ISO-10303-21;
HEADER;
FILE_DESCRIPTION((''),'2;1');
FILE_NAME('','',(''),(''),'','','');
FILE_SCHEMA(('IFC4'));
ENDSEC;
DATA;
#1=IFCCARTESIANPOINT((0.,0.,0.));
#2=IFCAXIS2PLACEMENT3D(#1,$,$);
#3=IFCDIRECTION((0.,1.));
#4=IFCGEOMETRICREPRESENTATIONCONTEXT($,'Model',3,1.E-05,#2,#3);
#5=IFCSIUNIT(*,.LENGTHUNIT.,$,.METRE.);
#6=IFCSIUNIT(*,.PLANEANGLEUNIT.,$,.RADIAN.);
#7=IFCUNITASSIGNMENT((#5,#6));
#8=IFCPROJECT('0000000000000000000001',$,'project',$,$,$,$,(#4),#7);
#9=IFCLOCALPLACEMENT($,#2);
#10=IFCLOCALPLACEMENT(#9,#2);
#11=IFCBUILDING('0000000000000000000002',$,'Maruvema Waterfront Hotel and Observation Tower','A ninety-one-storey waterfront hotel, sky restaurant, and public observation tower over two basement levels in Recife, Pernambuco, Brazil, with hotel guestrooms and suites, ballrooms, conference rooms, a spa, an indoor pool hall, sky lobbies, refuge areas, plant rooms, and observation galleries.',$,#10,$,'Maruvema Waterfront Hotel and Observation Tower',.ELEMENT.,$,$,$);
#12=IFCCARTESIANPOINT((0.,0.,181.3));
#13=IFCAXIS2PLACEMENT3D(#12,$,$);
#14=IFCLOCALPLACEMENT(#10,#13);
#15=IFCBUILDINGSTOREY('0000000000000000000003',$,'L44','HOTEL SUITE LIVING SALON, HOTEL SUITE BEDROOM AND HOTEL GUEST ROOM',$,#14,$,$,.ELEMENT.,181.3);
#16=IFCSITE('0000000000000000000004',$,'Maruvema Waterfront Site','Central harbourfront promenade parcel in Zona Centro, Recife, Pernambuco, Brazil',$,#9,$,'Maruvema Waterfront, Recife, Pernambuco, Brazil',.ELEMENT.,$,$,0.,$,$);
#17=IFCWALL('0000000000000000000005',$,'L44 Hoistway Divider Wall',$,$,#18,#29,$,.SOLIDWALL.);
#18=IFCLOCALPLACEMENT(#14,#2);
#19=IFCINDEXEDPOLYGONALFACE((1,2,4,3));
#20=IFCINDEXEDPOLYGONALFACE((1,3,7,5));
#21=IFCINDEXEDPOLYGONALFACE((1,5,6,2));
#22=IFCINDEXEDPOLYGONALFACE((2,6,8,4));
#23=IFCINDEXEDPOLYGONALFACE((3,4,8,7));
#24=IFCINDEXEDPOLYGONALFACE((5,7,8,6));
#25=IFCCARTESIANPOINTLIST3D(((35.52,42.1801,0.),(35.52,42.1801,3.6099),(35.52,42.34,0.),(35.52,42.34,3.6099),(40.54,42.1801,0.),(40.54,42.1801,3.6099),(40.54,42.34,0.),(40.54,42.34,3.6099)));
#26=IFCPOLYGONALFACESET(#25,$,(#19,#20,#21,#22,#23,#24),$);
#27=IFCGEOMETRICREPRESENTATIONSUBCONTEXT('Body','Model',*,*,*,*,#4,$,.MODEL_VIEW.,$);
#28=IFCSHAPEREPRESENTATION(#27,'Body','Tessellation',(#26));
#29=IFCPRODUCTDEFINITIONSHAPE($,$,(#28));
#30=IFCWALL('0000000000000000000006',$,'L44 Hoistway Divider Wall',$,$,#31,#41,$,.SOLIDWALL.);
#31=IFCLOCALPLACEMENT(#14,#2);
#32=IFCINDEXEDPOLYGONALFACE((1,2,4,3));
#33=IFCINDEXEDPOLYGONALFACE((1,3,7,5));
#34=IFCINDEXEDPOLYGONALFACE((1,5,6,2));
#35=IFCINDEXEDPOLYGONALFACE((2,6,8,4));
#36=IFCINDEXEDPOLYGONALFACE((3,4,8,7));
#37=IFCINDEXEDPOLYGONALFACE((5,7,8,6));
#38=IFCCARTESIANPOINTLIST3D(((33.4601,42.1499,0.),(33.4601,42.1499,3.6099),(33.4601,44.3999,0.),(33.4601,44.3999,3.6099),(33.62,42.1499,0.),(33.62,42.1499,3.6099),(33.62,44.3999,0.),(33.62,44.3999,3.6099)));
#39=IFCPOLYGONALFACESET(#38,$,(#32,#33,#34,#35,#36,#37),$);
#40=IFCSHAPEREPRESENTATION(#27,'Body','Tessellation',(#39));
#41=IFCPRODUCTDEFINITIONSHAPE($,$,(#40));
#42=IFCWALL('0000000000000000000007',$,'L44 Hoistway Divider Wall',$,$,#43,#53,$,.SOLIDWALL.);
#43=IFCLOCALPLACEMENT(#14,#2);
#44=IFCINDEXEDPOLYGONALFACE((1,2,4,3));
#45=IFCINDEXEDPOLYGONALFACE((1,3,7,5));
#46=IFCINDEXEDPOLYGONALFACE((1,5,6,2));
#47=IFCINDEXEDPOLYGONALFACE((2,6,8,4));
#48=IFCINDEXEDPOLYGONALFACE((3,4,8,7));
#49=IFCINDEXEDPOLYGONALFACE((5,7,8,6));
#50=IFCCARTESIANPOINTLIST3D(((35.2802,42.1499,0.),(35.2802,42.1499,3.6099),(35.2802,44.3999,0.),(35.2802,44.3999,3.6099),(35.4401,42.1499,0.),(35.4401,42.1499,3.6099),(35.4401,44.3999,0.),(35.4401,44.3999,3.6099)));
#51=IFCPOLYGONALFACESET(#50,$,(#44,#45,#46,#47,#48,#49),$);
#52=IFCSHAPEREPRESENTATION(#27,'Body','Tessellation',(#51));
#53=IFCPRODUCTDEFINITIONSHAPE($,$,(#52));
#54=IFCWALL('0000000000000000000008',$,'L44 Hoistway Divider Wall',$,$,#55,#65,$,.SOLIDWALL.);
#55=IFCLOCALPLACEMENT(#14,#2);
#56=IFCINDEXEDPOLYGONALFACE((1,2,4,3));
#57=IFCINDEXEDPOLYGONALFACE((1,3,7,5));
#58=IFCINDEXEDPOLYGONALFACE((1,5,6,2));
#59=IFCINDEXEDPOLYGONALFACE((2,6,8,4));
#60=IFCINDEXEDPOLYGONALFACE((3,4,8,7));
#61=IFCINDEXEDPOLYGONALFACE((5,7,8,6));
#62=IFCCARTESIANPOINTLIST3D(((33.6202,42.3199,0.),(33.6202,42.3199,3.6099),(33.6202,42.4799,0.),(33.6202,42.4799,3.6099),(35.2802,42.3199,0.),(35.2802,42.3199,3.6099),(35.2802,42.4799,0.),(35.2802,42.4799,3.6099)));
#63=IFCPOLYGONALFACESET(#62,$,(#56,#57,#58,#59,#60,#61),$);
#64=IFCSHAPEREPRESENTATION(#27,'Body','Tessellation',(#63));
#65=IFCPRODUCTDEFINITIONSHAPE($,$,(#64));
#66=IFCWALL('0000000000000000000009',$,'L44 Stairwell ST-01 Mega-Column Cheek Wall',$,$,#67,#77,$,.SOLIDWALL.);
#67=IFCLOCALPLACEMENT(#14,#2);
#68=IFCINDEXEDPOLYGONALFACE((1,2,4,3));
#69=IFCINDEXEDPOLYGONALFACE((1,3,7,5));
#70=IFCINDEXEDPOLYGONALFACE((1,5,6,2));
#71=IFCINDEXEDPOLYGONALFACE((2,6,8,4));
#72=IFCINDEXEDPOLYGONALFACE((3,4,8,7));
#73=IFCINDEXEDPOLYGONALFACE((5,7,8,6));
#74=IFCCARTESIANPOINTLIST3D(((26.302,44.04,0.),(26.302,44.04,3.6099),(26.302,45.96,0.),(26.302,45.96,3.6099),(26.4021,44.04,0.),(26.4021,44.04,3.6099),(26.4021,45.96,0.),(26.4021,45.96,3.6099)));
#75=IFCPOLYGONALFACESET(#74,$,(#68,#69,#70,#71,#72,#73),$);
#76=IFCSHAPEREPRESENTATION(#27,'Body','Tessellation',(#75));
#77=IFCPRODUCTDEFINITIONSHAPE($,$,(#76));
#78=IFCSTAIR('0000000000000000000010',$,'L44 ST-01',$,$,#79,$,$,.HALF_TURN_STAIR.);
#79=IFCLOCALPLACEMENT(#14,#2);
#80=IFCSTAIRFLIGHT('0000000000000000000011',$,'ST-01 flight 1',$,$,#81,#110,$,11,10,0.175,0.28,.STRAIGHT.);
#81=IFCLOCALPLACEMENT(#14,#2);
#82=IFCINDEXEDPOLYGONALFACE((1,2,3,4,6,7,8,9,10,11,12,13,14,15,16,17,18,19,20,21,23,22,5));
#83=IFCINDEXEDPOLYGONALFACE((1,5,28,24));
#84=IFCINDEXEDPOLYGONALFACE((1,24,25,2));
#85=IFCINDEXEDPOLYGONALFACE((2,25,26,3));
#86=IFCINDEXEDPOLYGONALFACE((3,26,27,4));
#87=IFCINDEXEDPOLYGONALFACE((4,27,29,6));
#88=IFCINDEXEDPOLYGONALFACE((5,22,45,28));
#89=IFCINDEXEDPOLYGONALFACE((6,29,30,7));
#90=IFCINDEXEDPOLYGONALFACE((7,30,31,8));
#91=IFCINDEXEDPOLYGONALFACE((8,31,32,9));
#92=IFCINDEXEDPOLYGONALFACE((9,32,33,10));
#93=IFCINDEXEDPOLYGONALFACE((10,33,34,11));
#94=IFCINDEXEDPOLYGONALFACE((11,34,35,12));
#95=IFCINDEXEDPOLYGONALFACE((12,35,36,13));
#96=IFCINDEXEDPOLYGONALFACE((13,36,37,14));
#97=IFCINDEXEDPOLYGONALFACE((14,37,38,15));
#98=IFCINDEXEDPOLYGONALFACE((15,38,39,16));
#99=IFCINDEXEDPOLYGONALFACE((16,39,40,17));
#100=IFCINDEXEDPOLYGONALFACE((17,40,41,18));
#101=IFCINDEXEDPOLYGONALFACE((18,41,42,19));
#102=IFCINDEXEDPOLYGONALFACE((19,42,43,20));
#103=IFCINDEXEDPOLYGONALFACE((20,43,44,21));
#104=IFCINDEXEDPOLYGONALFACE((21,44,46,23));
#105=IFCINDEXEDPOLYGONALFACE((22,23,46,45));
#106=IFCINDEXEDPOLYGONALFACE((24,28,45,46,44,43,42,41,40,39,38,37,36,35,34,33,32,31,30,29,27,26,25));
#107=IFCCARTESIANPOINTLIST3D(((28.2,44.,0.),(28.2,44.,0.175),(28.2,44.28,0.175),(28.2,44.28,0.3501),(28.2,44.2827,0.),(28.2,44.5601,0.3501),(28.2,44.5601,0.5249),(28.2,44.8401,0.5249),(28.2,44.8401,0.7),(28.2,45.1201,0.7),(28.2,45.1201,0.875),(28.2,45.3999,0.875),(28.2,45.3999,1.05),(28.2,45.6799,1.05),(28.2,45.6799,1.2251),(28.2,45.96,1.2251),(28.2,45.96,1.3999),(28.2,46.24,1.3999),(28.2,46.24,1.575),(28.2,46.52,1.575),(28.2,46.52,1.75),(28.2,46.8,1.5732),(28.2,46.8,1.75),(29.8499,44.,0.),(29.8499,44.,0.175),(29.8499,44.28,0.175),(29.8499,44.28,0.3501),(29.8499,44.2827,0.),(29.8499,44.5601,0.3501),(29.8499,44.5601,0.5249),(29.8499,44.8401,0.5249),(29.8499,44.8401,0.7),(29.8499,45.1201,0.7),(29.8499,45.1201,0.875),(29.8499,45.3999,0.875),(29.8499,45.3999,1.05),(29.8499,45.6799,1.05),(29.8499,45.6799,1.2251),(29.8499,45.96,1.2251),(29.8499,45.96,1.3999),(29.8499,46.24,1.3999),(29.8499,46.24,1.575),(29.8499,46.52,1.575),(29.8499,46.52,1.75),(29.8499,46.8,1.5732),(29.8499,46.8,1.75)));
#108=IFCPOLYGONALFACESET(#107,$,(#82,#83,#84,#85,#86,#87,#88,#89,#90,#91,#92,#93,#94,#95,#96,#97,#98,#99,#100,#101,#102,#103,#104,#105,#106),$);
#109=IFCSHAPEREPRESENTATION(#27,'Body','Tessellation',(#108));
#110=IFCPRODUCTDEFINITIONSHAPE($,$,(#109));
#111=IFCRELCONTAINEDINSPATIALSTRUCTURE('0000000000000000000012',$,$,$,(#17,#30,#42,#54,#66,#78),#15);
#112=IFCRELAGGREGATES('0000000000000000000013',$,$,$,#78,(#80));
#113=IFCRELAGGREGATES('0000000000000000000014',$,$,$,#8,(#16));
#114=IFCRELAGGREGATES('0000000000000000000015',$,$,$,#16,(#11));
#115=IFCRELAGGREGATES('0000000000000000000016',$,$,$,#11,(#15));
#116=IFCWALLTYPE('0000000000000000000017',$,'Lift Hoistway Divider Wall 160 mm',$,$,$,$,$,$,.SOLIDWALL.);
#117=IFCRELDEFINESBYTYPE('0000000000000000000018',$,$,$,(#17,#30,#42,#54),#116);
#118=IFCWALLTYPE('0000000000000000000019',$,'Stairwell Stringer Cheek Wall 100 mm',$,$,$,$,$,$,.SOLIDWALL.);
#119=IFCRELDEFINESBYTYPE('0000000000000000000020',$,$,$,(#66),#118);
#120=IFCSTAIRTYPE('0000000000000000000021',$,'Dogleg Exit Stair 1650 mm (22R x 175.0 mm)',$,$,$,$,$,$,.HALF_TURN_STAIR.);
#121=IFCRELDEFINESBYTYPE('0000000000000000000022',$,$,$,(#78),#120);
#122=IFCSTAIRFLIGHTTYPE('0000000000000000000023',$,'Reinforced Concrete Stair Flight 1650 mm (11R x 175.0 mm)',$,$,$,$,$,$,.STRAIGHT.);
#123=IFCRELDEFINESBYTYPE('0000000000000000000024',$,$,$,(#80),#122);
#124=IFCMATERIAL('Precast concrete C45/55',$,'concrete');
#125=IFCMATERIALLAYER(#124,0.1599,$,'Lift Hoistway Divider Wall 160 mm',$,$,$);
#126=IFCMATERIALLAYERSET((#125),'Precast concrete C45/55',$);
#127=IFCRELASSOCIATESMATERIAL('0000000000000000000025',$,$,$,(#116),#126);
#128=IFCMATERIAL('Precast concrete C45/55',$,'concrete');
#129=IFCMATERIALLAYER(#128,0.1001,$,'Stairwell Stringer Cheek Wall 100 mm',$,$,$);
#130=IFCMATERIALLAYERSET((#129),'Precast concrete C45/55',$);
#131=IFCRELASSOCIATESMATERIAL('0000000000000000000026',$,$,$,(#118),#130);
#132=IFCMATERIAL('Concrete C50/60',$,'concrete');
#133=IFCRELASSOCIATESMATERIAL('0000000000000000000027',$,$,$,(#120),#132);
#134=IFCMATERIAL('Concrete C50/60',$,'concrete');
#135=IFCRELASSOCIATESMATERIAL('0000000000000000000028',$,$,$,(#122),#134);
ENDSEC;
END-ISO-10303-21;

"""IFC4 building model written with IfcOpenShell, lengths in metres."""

from ifc_helpers import new_model, si_unit, direction, frame, frame_2d, origin, place, context, subcontext, project, spatial, polyline, rectangle, outline, extrude, material, layer, layer_set, type_object, element, aggregate, save


model = new_model("IFC4")

# Units and contexts
model_context = context("Model", 3, precision=1e-05, world=origin(), true_north=direction((0.0, 1.0)))
body_context = subcontext(model_context, "Body", "Model", "MODEL_VIEW")
ifc_project = project(units=[si_unit("LENGTHUNIT", "METRE"), si_unit("PLANEANGLEUNIT", "RADIAN")], contexts=[model_context])

# Site, building, storey
site_placement = place(None, origin())
site = spatial("IfcSite", under=ifc_project, at=site_placement, Name="Maruvema Waterfront Site", Description="Central harbourfront promenade parcel in Zona Centro, Recife, Pernambuco, Brazil", LongName="Maruvema Waterfront, Recife, Pernambuco, Brazil", CompositionType="ELEMENT", RefElevation=0.0)
building_placement = place(site_placement, origin())
building = spatial("IfcBuilding", under=site, at=building_placement, Name="Maruvema Waterfront Hotel and Observation Tower", Description="A ninety-one-storey waterfront hotel, sky restaurant, and public observation tower over two basement levels in Recife, Pernambuco, Brazil, with hotel guestrooms and suites, ballrooms, conference rooms, a spa, an indoor pool hall, sky lobbies, refuge areas, plant rooms, and observation galleries.", LongName="Maruvema Waterfront Hotel and Observation Tower", CompositionType="ELEMENT")
storey_placement = place(building_placement, frame((0.0, 0.0, 181.3)))
storey = spatial("IfcBuildingStorey", under=building, at=storey_placement, Name="L44", Description="HOTEL SUITE LIVING SALON, HOTEL SUITE BEDROOM AND HOTEL GUEST ROOM", CompositionType="ELEMENT", Elevation=181.3)

# Walls
ifc_material_1 = material(Name="Precast concrete C45/55", Category="concrete")
ifc_layer_1 = layer(ifc_material_1, 0.1599, Name="Lift Hoistway Divider Wall 160 mm")
ifc_layer_set_1 = layer_set([ifc_layer_1], Name="Precast concrete C45/55")
wall_type_1 = type_object("IfcWallType", Name="Lift Hoistway Divider Wall 160 mm", PredefinedType="SOLIDWALL", material=ifc_layer_set_1)
wall_1_placement = place(storey_placement, frame((35.52, 42.26, 0.0), z_axis=(0.0, 0.0, 1.0), x_axis=(1.0, 0.0, 0.0)))
element("IfcWall", 1, at=wall_1_placement, inside=storey, type_object=wall_type_1, Name="L44 Hoistway Divider Wall", PredefinedType="SOLIDWALL", context=body_context, shape_type="SweptSolid", body=[
    extrude(rectangle(XDim=5.02, YDim=0.1599, at=frame_2d((2.51, 0.0))), origin(), (0.0, 0.0, 1.0), 3.6099),
])
for number, where, z_axis, x_axis, name in (
    (2, (33.54, 42.1499, 0.0), (0.0, 0.0, 1.0), (0.0, 1.0, 0.0), "L44 Hoistway Divider Wall"),
    (3, (35.3601, 42.1499, 0.0), (0.0, 0.0, 1.0), (0.0, 1.0, 0.0), "L44 Hoistway Divider Wall"),
):
    element("IfcWall", number, at=place(storey_placement, frame(where, z_axis=z_axis, x_axis=x_axis)), inside=storey, type_object=wall_type_1, Name=name, PredefinedType="SOLIDWALL", context=body_context, shape_type="SweptSolid", body=[
        extrude(rectangle(XDim=2.25, YDim=0.1599, at=frame_2d((1.125, 0.0))), origin(), (0.0, 0.0, 1.0), 3.6099),
    ])
wall_2_placement = place(storey_placement, frame((33.6201, 42.3999, 0.0), z_axis=(0.0, 0.0, 1.0), x_axis=(1.0, 0.0, 0.0)))
element("IfcWall", 4, at=wall_2_placement, inside=storey, type_object=wall_type_1, Name="L44 Hoistway Divider Wall", PredefinedType="SOLIDWALL", context=body_context, shape_type="SweptSolid", body=[
    extrude(rectangle(XDim=1.6599, YDim=0.1599, at=frame_2d((0.8301, 0.0))), origin(), (0.0, 0.0, 1.0), 3.6099),
])
ifc_material_2 = material(Name="Precast concrete C45/55", Category="concrete")
ifc_layer_2 = layer(ifc_material_2, 0.1001, Name="Stairwell Stringer Cheek Wall 100 mm")
ifc_layer_set_2 = layer_set([ifc_layer_2], Name="Precast concrete C45/55")
wall_type_2 = type_object("IfcWallType", Name="Stairwell Stringer Cheek Wall 100 mm", PredefinedType="SOLIDWALL", material=ifc_layer_set_2)
wall_3_placement = place(storey_placement, frame((26.3521, 44.04, 0.0), z_axis=(0.0, 0.0, 1.0), x_axis=(0.0, 1.0, 0.0)))
element("IfcWall", 5, at=wall_3_placement, inside=storey, type_object=wall_type_2, Name="L44 Stairwell ST-01 Mega-Column Cheek Wall", PredefinedType="SOLIDWALL", context=body_context, shape_type="SweptSolid", body=[
    extrude(rectangle(XDim=1.9199, YDim=0.1001, at=frame_2d((0.96, 0.0))), origin(), (0.0, 0.0, 1.0), 3.6099),
])

# Stair, stair flight
ifc_material_3 = material(Name="Concrete C50/60", Category="concrete")
stair_type = type_object("IfcStairType", Name="Dogleg Exit Stair 1650 mm (22R x 175.0 mm)", PredefinedType="HALF_TURN_STAIR", material=ifc_material_3)
stair_placement = place(storey_placement, origin())
stair = element("IfcStair", 6, at=stair_placement, inside=storey, type_object=stair_type, Name="L44 ST-01", PredefinedType="HALF_TURN_STAIR")
ifc_material_4 = material(Name="Concrete C50/60", Category="concrete")
stair_flight_type = type_object("IfcStairFlightType", Name="Reinforced Concrete Stair Flight 1650 mm (11R x 175.0 mm)", PredefinedType="STRAIGHT", material=ifc_material_4)
stair_flight_placement = place(storey_placement, frame((29.0249, 44.0, 0.0), z_axis=(0.0, 0.0, 1.0), x_axis=(0.0, 1.0, 0.0)))
stair_flight = element("IfcStairFlight", 7, at=stair_flight_placement, type_object=stair_flight_type, Name="ST-01 flight 1", NumberOfRisers=11, NumberOfTreads=10, PredefinedType="STRAIGHT", RiserHeight=0.175, TreadLength=0.28, context=body_context, shape_type="SweptSolid", body=[
    extrude(outline(polyline([(0.0, 0.0), (0.0, 0.175), (0.28, 0.175), (0.28, 0.3501), (0.5601, 0.3501), (0.5601, 0.5249), (0.8401, 0.5249), (0.8401, 0.7), (1.1201, 0.7), (1.1201, 0.875), (1.3999, 0.875), (1.3999, 1.05), (1.6799, 1.05), (1.6799, 1.2251), (1.96, 1.2251), (1.96, 1.3999), (2.24, 1.3999), (2.24, 1.575), (2.52, 1.575), (2.52, 1.75), (2.8, 1.75), (2.8, 1.925), (2.8, 1.5732), (0.2827, 0.0), (0.0, 0.0)])), frame((0.0, 0.825, 0.0), z_axis=(0.0, -1.0, 0.0), x_axis=(1.0, 0.0, 0.0)), (0.0, 0.0, 1.0), 1.6499),
])
aggregate(stair, [stair_flight])

save(model, "model.ifc")
